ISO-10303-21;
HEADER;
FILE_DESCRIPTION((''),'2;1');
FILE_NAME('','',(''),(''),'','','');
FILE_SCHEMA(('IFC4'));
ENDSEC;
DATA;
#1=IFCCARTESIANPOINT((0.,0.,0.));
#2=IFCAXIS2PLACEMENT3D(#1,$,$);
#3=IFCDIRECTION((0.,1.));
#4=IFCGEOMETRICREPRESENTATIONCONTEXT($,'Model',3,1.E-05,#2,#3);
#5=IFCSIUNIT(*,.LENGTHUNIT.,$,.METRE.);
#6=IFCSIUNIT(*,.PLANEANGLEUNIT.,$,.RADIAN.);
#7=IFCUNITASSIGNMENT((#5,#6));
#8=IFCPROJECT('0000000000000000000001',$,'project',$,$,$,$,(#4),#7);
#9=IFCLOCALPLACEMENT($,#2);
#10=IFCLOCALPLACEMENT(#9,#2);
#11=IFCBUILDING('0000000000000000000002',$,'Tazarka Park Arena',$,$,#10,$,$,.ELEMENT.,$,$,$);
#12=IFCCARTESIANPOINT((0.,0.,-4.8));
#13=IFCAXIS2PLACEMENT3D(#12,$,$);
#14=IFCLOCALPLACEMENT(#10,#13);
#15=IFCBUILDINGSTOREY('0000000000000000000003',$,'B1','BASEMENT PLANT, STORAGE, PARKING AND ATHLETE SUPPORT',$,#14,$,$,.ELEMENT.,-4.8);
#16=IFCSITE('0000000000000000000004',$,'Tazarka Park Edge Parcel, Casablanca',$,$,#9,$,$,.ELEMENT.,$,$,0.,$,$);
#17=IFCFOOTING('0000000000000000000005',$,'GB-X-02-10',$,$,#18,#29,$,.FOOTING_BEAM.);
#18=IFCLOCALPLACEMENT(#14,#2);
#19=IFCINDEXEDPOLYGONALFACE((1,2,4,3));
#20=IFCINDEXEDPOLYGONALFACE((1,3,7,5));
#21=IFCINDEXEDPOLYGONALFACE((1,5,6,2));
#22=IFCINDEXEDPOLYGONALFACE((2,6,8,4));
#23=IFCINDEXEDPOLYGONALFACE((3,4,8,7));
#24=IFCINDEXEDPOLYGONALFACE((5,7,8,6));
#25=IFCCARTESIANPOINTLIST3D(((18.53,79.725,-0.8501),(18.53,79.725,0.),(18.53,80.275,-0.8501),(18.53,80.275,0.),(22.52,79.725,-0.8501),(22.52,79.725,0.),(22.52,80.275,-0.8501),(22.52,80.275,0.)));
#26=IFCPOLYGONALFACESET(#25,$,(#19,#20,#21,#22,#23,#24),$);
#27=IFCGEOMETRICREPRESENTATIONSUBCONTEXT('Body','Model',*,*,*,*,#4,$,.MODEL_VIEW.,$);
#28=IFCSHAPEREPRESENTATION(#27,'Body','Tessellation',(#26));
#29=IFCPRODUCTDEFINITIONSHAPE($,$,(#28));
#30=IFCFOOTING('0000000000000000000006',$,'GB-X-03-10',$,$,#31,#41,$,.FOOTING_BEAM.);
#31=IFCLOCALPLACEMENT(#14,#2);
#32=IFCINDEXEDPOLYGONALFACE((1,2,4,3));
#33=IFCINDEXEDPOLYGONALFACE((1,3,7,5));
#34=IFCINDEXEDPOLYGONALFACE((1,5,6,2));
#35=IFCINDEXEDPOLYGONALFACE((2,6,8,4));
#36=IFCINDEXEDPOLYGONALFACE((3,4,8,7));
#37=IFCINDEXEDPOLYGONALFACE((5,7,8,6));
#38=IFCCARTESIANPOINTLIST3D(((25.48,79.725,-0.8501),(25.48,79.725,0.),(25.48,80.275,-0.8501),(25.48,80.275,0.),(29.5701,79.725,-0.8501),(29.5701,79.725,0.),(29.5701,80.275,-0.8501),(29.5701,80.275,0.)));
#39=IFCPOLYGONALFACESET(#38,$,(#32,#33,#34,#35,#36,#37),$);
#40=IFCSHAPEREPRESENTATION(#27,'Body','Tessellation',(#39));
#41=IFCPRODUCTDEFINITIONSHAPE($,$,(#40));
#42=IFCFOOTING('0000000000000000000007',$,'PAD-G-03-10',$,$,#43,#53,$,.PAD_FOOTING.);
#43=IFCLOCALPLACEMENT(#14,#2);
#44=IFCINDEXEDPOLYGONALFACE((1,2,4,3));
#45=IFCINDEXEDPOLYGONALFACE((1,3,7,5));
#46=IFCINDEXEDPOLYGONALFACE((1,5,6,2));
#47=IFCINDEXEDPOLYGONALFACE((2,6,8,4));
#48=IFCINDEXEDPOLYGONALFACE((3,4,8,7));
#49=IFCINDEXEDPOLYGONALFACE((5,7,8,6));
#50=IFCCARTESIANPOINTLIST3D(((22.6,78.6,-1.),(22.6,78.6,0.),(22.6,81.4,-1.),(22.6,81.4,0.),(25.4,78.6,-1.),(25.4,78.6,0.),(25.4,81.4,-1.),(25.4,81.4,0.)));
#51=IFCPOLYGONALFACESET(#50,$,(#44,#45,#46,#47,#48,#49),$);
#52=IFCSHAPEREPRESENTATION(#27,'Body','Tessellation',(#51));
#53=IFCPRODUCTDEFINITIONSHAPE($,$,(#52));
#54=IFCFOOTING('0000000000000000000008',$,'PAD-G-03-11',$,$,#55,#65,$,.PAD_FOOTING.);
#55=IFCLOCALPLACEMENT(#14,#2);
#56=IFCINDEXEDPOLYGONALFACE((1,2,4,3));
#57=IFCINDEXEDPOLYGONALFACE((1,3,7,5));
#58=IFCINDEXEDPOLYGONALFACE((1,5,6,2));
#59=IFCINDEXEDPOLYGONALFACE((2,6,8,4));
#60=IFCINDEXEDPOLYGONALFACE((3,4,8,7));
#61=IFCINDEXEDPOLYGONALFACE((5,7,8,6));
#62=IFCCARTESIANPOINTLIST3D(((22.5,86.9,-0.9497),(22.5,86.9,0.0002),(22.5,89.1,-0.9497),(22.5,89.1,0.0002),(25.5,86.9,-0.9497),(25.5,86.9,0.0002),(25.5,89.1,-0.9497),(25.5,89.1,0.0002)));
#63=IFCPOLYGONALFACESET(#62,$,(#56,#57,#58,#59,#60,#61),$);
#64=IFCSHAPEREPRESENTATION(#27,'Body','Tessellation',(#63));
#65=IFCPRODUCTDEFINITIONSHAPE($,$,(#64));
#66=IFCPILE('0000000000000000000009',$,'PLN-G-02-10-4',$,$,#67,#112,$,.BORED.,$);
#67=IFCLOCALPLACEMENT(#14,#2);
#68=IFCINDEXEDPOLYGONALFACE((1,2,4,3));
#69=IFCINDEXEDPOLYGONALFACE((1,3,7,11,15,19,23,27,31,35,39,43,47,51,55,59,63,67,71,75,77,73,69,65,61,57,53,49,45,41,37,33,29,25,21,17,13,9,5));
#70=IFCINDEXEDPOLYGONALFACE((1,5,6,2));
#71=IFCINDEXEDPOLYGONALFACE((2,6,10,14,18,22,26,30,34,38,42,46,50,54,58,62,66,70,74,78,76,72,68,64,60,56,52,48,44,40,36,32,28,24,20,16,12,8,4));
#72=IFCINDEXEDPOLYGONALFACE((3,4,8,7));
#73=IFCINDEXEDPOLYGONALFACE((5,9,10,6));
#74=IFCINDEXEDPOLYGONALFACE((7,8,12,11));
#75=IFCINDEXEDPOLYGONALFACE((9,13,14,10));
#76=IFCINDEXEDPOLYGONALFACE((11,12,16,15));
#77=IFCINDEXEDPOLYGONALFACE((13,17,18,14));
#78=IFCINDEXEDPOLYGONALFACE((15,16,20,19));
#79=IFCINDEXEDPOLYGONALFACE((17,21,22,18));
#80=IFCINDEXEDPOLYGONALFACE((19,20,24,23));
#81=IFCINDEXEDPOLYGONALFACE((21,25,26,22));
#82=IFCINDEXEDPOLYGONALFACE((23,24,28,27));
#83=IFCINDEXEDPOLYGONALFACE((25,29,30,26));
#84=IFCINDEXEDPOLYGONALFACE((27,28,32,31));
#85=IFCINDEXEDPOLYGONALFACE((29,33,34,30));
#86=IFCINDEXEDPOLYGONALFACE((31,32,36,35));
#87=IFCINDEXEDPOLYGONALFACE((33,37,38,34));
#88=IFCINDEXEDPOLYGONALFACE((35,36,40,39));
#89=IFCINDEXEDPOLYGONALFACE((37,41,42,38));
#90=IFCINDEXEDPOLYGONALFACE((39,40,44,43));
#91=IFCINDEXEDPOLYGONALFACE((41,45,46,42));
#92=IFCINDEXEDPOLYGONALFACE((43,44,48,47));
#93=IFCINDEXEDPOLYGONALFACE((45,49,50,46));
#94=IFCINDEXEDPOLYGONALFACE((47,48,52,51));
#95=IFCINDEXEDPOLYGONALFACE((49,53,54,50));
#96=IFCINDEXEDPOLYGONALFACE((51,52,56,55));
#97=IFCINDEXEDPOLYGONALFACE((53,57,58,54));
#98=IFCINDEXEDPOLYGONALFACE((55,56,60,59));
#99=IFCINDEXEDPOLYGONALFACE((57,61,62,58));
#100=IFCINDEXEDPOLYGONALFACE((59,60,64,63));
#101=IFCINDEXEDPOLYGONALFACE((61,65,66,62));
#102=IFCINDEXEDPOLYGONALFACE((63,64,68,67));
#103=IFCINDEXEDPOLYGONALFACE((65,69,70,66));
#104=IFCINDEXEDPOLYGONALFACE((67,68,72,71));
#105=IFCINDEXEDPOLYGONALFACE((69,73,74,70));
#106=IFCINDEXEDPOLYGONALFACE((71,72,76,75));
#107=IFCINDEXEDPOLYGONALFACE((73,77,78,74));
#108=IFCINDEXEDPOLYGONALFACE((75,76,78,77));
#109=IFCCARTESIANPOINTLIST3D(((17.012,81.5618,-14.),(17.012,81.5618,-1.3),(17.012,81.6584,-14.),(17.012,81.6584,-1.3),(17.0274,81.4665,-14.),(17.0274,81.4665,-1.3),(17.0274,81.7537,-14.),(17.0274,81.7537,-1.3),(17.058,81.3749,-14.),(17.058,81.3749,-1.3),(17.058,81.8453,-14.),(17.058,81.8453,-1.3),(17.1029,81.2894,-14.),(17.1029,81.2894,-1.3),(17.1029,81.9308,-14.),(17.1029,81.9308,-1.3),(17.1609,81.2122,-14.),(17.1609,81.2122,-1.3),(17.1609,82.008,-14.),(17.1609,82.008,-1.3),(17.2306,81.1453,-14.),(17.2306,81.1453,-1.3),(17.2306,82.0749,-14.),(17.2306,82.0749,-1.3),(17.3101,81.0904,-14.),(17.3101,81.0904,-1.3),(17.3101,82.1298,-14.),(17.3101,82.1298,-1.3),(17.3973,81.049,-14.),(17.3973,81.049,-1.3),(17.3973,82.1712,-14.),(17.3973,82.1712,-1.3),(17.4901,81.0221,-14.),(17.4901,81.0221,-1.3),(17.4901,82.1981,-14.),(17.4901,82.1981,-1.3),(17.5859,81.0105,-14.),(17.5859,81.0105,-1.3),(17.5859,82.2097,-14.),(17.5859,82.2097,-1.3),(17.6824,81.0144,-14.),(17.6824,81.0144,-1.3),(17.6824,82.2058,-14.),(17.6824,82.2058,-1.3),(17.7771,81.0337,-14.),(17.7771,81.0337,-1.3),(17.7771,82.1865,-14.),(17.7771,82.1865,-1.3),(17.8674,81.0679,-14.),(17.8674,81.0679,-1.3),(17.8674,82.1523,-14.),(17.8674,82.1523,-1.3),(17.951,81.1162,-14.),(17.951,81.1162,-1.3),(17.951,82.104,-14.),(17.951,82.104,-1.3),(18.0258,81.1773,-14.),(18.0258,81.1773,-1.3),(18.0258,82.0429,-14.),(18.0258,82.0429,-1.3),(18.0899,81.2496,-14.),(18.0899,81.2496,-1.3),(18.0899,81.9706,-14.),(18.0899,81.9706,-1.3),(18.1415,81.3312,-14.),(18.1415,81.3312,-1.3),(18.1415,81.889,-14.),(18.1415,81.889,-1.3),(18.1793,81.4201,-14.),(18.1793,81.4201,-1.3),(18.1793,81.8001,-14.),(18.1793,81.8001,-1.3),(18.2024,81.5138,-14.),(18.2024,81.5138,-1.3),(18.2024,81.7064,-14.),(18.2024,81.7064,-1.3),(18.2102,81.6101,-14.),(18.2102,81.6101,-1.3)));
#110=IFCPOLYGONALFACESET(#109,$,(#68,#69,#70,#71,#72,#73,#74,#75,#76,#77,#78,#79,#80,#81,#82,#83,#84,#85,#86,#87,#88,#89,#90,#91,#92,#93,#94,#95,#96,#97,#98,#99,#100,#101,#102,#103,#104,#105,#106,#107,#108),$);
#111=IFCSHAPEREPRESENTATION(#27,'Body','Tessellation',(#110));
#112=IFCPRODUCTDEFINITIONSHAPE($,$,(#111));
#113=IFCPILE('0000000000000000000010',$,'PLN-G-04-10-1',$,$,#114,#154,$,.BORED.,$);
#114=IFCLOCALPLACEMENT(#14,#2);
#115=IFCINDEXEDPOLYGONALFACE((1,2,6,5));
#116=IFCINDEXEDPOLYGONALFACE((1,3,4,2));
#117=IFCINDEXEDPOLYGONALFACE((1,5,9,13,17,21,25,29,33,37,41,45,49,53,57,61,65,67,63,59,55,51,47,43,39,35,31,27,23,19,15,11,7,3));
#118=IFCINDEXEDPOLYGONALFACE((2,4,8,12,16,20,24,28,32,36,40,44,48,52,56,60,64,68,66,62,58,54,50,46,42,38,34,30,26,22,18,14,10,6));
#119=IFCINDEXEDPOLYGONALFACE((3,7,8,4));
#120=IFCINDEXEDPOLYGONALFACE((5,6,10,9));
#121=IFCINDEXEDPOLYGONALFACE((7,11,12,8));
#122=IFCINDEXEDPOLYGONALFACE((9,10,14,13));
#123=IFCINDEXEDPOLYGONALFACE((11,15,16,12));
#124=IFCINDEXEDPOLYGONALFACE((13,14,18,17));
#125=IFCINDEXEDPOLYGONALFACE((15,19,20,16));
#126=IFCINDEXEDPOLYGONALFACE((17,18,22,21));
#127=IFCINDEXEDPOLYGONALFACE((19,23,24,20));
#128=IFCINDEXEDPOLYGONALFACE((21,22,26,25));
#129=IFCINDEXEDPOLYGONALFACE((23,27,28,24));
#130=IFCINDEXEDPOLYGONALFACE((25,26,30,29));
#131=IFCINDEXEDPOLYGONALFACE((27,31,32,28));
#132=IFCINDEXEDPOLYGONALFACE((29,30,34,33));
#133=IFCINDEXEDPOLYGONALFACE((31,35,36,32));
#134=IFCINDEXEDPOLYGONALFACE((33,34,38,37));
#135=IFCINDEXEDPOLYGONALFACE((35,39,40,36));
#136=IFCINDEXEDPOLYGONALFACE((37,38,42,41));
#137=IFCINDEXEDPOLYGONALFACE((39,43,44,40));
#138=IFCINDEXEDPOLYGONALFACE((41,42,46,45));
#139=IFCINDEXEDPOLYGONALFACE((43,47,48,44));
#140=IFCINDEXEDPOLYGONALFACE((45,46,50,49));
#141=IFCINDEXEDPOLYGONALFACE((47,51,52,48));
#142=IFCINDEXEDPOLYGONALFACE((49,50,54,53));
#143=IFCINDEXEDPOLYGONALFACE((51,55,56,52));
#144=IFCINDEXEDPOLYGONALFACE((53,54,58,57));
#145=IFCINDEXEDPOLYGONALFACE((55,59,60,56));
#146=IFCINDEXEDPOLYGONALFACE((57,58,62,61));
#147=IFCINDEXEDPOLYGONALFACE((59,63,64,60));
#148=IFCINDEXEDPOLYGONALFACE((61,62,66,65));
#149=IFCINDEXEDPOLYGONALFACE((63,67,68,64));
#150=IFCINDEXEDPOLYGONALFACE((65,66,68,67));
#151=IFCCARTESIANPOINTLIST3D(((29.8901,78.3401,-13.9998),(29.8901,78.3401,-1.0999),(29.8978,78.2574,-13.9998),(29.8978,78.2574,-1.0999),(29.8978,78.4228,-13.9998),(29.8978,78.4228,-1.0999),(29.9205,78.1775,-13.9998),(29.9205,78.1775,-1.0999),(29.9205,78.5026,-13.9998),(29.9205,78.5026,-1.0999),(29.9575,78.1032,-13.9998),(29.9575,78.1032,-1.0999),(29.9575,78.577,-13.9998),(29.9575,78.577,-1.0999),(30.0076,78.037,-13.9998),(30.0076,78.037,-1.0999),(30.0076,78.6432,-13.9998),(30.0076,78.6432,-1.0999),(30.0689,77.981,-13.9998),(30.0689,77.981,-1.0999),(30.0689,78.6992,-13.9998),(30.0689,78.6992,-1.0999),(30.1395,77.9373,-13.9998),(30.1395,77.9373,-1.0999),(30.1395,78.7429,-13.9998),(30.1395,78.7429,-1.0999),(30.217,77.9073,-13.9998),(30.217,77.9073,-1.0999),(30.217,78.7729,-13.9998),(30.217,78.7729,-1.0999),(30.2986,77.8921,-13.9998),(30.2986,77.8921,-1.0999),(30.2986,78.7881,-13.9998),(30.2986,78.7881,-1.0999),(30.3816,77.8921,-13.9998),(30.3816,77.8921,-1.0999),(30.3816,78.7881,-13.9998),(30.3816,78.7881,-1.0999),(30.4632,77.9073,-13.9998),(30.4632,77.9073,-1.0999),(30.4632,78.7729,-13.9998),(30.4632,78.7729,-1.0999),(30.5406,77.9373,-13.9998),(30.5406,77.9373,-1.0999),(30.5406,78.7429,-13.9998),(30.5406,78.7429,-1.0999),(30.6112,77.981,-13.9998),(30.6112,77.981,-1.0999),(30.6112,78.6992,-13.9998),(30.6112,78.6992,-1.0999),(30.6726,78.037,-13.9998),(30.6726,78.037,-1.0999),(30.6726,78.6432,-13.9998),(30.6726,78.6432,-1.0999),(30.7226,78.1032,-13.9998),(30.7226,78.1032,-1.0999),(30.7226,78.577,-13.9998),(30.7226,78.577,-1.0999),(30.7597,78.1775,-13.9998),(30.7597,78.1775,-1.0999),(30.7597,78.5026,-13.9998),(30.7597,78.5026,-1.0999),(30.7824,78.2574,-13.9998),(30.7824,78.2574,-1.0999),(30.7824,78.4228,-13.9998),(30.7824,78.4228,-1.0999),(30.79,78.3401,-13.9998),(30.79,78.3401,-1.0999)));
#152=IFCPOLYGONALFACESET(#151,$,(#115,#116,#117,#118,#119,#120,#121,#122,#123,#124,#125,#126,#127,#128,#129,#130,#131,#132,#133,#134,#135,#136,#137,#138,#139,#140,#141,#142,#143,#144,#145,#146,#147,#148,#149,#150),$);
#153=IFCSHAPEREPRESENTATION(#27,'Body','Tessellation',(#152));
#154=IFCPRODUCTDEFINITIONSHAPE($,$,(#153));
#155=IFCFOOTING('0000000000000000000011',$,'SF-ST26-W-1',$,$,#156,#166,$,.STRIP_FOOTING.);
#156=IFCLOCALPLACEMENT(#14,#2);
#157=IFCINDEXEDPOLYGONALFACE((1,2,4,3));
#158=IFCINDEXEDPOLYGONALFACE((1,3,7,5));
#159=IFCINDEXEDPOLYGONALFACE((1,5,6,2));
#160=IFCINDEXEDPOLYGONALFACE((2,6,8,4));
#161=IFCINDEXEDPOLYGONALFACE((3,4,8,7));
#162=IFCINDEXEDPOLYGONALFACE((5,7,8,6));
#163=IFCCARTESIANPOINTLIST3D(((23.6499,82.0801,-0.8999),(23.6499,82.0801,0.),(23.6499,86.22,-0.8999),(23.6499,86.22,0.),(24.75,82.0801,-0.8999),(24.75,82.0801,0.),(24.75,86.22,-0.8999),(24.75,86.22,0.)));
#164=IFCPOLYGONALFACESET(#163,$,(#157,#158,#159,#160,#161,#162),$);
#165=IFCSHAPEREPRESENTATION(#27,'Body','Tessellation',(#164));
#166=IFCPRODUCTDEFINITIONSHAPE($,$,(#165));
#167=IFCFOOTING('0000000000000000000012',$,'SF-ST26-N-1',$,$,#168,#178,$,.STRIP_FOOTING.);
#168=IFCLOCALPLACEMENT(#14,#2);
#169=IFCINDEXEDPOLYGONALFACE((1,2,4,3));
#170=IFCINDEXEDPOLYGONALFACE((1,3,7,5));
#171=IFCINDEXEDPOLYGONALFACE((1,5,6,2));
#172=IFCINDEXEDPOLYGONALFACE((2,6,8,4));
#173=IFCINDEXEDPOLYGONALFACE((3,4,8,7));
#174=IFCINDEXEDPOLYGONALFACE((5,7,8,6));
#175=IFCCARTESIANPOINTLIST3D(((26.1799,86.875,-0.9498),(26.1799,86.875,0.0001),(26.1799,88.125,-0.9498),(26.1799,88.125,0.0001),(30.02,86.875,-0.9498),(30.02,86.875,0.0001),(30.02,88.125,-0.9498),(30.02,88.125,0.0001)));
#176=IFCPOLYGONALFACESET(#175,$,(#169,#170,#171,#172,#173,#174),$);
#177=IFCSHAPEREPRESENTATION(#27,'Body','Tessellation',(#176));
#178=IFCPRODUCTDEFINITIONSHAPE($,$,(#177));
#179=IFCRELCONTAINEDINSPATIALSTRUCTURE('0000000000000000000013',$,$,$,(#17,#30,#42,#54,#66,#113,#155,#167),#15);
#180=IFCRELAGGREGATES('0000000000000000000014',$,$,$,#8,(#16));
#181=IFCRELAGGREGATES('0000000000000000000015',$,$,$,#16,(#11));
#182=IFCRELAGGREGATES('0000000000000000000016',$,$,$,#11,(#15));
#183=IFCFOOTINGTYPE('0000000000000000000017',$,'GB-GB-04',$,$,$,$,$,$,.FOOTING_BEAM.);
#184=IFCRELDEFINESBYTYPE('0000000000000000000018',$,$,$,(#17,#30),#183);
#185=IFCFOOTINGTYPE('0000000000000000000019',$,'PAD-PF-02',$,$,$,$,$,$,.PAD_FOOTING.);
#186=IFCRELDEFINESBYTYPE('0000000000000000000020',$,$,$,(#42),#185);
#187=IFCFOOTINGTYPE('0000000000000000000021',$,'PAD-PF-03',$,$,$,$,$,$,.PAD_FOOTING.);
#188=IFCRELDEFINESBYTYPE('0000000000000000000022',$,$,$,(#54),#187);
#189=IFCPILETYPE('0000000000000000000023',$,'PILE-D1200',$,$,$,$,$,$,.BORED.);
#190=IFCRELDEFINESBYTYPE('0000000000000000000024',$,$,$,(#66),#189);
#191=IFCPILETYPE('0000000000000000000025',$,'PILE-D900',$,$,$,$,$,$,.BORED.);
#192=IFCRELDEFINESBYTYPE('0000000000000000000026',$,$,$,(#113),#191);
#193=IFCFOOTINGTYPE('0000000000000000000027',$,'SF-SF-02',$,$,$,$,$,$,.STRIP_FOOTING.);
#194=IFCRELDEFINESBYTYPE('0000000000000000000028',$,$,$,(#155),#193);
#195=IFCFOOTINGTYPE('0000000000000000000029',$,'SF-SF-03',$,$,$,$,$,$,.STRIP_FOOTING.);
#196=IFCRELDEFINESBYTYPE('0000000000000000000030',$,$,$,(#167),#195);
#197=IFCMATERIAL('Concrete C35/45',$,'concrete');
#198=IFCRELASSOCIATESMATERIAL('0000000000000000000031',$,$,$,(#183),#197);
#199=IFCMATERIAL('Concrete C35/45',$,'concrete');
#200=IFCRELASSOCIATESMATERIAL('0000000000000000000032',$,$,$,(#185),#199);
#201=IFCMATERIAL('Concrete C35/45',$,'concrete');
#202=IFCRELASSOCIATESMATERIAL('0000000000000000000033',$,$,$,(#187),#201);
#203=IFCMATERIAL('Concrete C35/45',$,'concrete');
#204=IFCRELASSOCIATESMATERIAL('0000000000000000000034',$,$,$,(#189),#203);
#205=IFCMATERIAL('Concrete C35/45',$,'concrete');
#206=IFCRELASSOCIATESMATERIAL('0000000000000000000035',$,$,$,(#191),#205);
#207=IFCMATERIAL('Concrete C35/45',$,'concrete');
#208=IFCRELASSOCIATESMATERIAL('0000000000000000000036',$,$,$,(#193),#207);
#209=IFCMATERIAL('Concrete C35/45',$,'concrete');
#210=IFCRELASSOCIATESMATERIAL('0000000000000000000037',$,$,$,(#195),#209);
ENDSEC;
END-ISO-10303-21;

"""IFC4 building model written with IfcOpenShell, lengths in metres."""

from ifc_helpers import new_model, si_unit, direction, frame, origin, origin_2d, place, context, subcontext, project, spatial, rectangle, circle, extrude, material, material_profile, profile_set, type_object, element, save


model = new_model("IFC4")

# Units and contexts
model_context = context("Model", 3, precision=1e-05, world=origin(), true_north=direction((0.0, 1.0)))
body_context = subcontext(model_context, "Body", "Model", "MODEL_VIEW")
ifc_project = project(units=[si_unit("LENGTHUNIT", "METRE"), si_unit("PLANEANGLEUNIT", "RADIAN")], contexts=[model_context])

# Site, building, storey
site_placement = place(None, origin())
site = spatial("IfcSite", under=ifc_project, at=site_placement, Name="Tazarka Park Edge Parcel, Casablanca", CompositionType="ELEMENT", RefElevation=0.0)
building_placement = place(site_placement, origin())
building = spatial("IfcBuilding", under=site, at=building_placement, Name="Tazarka Park Arena", CompositionType="ELEMENT")
storey_placement = place(building_placement, frame((0.0, 0.0, -4.8)))
storey = spatial("IfcBuildingStorey", under=building, at=storey_placement, Name="B1", Description="BASEMENT PLANT, STORAGE, PARKING AND ATHLETE SUPPORT", CompositionType="ELEMENT", Elevation=-4.8)

# Footings
ifc_material_1 = material(Name="Concrete C35/45", Category="concrete")
ifc_material_profile_1 = material_profile(ifc_material_1, rectangle(XDim=0.55, YDim=0.8501, at=origin_2d()), Name="Concrete C35/45")
ifc_profile_set_1 = profile_set([ifc_material_profile_1], Name="Concrete C35/45")
footing_type_1 = type_object("IfcFootingType", Name="GB-GB-04", PredefinedType="FOOTING_BEAM", material=ifc_profile_set_1)
footing_1_placement = place(storey_placement, frame((18.53, 80.0, -0.425), z_axis=(1.0, 0.0, 0.0), x_axis=(0.0, 1.0, 0.0)))
element("IfcFooting", 1, at=footing_1_placement, inside=storey, type_object=footing_type_1, Name="GB-X-02-10", PredefinedType="FOOTING_BEAM", context=body_context, shape_type="SweptSolid", body=[
    extrude(rectangle(XDim=0.55, YDim=0.8501, at=origin_2d()), origin(), (0.0, 0.0, 1.0), 3.99),
])
footing_2_placement = place(storey_placement, frame((25.48, 80.0, -0.425), z_axis=(1.0, 0.0, 0.0), x_axis=(0.0, 1.0, 0.0)))
element("IfcFooting", 2, at=footing_2_placement, inside=storey, type_object=footing_type_1, Name="GB-X-03-10", PredefinedType="FOOTING_BEAM", context=body_context, shape_type="SweptSolid", body=[
    extrude(rectangle(XDim=0.55, YDim=0.8501, at=origin_2d()), origin(), (0.0, 0.0, 1.0), 4.0901),
])
ifc_material_2 = material(Name="Concrete C35/45", Category="concrete")
footing_type_2 = type_object("IfcFootingType", Name="PAD-PF-02", PredefinedType="PAD_FOOTING", material=ifc_material_2)
footing_3_placement = place(storey_placement, frame((24.0, 80.0, -1.0), z_axis=(0.0, 0.0, 1.0), x_axis=(1.0, 0.0, 0.0)))
element("IfcFooting", 3, at=footing_3_placement, inside=storey, type_object=footing_type_2, Name="PAD-G-03-10", PredefinedType="PAD_FOOTING", context=body_context, shape_type="SweptSolid", body=[
    extrude(rectangle(XDim=2.8, YDim=2.8, at=origin_2d()), origin(), (0.0, 0.0, 1.0), 1.0),
])
ifc_material_3 = material(Name="Concrete C35/45", Category="concrete")
footing_type_3 = type_object("IfcFootingType", Name="PAD-PF-03", PredefinedType="PAD_FOOTING", material=ifc_material_3)
footing_4_placement = place(storey_placement, frame((24.0, 88.0, -0.9497), z_axis=(0.0, 0.0, 1.0), x_axis=(1.0, 0.0, 0.0)))
element("IfcFooting", 4, at=footing_4_placement, inside=storey, type_object=footing_type_3, Name="PAD-G-03-11", PredefinedType="PAD_FOOTING", context=body_context, shape_type="SweptSolid", body=[
    extrude(rectangle(XDim=3.0, YDim=2.2, at=origin_2d()), origin(), (0.0, 0.0, 1.0), 0.95),
])

# Piles
ifc_material_4 = material(Name="Concrete C35/45", Category="concrete")
ifc_material_profile_2 = material_profile(ifc_material_4, circle(Radius=0.6001, at=origin_2d()), Name="Concrete C35/45")
ifc_profile_set_2 = profile_set([ifc_material_profile_2], Name="Concrete C35/45")
pile_type_1 = type_object("IfcPileType", Name="PILE-D1200", PredefinedType="BORED", material=ifc_profile_set_2)
pile_1_placement = place(storey_placement, frame((17.6101, 81.6101, -1.3), z_axis=(0.0, 0.0, -1.0), x_axis=(1.0, 0.0, 0.0)))
element("IfcPile", 5, at=pile_1_placement, inside=storey, type_object=pile_type_1, Name="PLN-G-02-10-4", PredefinedType="BORED", context=body_context, shape_type="SweptSolid", body=[
    extrude(circle(Radius=0.6001, at=origin_2d()), origin(), (0.0, 0.0, 1.0), 12.7),
])
ifc_material_5 = material(Name="Concrete C35/45", Category="concrete")
ifc_material_profile_3 = material_profile(ifc_material_5, circle(Radius=0.45, at=origin_2d()), Name="Concrete C35/45")
ifc_profile_set_3 = profile_set([ifc_material_profile_3], Name="Concrete C35/45")
pile_type_2 = type_object("IfcPileType", Name="PILE-D900", PredefinedType="BORED", material=ifc_profile_set_3)
pile_2_placement = place(storey_placement, frame((30.3401, 78.3401, -1.0999), z_axis=(0.0, 0.0, -1.0), x_axis=(1.0, 0.0, 0.0)))
element("IfcPile", 6, at=pile_2_placement, inside=storey, type_object=pile_type_2, Name="PLN-G-04-10-1", PredefinedType="BORED", context=body_context, shape_type="SweptSolid", body=[
    extrude(circle(Radius=0.45, at=origin_2d()), origin(), (0.0, 0.0, 1.0), 12.8999),
])

# Footings
ifc_material_6 = material(Name="Concrete C35/45", Category="concrete")
ifc_material_profile_4 = material_profile(ifc_material_6, rectangle(XDim=1.1001, YDim=0.8999, at=origin_2d()), Name="Concrete C35/45")
ifc_profile_set_4 = profile_set([ifc_material_profile_4], Name="Concrete C35/45")
footing_type_4 = type_object("IfcFootingType", Name="SF-SF-02", PredefinedType="STRIP_FOOTING", material=ifc_profile_set_4)
footing_5_placement = place(storey_placement, frame((24.2, 82.0801, -0.45), z_axis=(0.0, 1.0, 0.0), x_axis=(-1.0, 0.0, 0.0)))
element("IfcFooting", 7, at=footing_5_placement, inside=storey, type_object=footing_type_4, Name="SF-ST26-W-1", PredefinedType="STRIP_FOOTING", context=body_context, shape_type="SweptSolid", body=[
    extrude(rectangle(XDim=1.1001, YDim=0.8999, at=origin_2d()), origin(), (0.0, 0.0, 1.0), 4.1399),
])
ifc_material_7 = material(Name="Concrete C35/45", Category="concrete")
ifc_material_profile_5 = material_profile(ifc_material_7, rectangle(XDim=1.25, YDim=0.95, at=origin_2d()), Name="Concrete C35/45")
ifc_profile_set_5 = profile_set([ifc_material_profile_5], Name="Concrete C35/45")
footing_type_5 = type_object("IfcFootingType", Name="SF-SF-03", PredefinedType="STRIP_FOOTING", material=ifc_profile_set_5)
footing_6_placement = place(storey_placement, frame((26.1799, 87.5, -0.4749), z_axis=(1.0, 0.0, 0.0), x_axis=(0.0, 1.0, 0.0)))
element("IfcFooting", 8, at=footing_6_placement, inside=storey, type_object=footing_type_5, Name="SF-ST26-N-1", PredefinedType="STRIP_FOOTING", context=body_context, shape_type="SweptSolid", body=[
    extrude(rectangle(XDim=1.25, YDim=0.95, at=origin_2d()), origin(), (0.0, 0.0, 1.0), 3.8401),
])

save(model, "model.ifc")
